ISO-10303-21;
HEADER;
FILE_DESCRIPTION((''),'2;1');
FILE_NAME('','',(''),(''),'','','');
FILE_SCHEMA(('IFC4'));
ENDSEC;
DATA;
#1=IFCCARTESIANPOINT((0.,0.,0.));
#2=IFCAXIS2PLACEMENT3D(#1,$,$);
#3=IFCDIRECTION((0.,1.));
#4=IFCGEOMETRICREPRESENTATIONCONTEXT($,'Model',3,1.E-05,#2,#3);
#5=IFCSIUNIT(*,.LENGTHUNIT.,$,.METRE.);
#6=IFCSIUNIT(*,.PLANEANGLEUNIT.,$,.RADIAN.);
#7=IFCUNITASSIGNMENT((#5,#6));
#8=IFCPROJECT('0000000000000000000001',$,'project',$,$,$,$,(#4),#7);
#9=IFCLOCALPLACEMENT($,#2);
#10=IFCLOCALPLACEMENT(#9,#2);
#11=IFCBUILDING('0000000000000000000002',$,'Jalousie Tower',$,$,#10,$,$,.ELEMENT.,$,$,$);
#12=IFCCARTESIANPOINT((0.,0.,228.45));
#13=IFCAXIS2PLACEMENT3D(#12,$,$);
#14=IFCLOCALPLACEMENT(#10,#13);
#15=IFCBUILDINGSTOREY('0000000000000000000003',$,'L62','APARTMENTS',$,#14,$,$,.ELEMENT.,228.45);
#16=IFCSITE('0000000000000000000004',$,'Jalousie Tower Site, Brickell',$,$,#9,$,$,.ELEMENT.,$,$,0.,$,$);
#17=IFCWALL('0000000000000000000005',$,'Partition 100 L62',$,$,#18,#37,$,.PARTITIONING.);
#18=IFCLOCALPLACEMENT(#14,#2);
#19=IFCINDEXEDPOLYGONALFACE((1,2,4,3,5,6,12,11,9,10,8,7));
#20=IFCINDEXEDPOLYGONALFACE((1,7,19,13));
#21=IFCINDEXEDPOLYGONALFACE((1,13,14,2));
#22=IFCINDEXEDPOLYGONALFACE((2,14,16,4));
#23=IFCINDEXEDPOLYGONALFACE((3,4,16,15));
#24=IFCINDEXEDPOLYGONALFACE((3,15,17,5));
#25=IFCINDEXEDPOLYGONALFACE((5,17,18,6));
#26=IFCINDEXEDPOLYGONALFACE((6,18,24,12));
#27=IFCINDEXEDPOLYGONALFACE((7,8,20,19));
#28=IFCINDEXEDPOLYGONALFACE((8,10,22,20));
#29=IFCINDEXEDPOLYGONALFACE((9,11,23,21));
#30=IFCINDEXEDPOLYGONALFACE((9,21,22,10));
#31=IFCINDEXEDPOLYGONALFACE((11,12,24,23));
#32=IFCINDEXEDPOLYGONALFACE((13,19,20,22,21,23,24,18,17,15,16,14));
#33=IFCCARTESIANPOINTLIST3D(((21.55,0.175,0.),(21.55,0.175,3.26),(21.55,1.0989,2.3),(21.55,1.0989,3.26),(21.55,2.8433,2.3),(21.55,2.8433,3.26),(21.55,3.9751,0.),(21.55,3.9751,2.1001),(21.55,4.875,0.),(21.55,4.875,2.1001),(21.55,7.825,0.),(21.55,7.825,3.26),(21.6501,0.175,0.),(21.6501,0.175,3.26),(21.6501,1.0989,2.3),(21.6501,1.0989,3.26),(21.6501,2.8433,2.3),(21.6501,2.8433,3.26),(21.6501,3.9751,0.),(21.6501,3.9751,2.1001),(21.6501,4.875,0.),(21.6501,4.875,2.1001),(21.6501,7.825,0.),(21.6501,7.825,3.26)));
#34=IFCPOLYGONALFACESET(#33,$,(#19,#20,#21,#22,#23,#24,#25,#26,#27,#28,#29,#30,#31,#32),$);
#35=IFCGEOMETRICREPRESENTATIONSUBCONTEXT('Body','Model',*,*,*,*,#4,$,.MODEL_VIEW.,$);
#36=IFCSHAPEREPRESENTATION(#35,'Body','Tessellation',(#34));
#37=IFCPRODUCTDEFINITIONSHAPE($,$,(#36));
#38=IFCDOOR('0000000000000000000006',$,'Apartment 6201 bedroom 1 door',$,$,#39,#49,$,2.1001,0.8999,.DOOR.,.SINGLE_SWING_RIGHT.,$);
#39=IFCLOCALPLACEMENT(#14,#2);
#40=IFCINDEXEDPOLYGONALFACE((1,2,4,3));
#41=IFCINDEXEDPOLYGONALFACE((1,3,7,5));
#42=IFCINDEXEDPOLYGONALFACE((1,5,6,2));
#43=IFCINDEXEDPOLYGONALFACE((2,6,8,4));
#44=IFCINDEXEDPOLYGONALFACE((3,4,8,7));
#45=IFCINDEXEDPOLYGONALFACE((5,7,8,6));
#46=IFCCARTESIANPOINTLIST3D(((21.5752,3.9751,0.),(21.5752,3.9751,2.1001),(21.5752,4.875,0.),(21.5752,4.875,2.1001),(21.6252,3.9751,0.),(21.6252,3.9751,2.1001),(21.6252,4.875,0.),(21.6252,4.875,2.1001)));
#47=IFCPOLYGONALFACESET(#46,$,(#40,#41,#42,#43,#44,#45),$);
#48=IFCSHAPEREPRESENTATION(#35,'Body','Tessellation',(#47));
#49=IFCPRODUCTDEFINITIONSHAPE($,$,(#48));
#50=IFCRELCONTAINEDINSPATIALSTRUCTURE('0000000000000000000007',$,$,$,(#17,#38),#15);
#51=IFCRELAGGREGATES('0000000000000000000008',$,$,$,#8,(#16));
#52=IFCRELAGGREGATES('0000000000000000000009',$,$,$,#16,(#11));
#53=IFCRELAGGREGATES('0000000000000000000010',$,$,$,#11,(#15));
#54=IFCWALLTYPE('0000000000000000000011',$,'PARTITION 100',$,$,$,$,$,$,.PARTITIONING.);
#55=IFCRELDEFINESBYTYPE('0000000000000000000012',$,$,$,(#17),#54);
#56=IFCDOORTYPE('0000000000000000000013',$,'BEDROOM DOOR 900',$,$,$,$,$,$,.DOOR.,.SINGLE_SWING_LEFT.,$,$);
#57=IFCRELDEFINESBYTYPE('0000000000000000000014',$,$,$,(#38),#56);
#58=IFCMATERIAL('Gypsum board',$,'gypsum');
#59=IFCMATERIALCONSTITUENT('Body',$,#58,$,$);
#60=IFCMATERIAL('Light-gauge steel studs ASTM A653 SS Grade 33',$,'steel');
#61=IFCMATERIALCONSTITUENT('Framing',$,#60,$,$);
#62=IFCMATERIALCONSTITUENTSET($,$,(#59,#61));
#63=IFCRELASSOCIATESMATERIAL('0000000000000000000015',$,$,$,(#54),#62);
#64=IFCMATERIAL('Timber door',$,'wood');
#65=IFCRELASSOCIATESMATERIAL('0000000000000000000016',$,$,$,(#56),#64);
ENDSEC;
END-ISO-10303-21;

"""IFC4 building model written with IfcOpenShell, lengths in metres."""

from ifc_helpers import new_model, si_unit, direction, frame, frame_2d, origin, place, context, subcontext, project, spatial, polyline, rectangle, outline, extrude, material, constituent, constituent_set, type_object, element, fill, save


model = new_model("IFC4")

# Units and contexts
model_context = context("Model", 3, precision=1e-05, world=origin(), true_north=direction((0.0, 1.0)))
body_context = subcontext(model_context, "Body", "Model", "MODEL_VIEW")
ifc_project = project(units=[si_unit("LENGTHUNIT", "METRE"), si_unit("PLANEANGLEUNIT", "RADIAN")], contexts=[model_context])

# Site, building, storey
site_placement = place(None, origin())
site = spatial("IfcSite", under=ifc_project, at=site_placement, Name="Jalousie Tower Site, Brickell", CompositionType="ELEMENT", RefElevation=0.0)
building_placement = place(site_placement, origin())
building = spatial("IfcBuilding", under=site, at=building_placement, Name="Jalousie Tower", CompositionType="ELEMENT")
storey_placement = place(building_placement, frame((0.0, 0.0, 228.45)))
storey = spatial("IfcBuildingStorey", under=building, at=storey_placement, Name="L62", Description="APARTMENTS", CompositionType="ELEMENT", Elevation=228.45)

# Wall, opening, door
ifc_material_1 = material(Name="Gypsum board", Category="gypsum")
ifc_constituent_1 = constituent(ifc_material_1, Name="Body")
ifc_material_2 = material(Name="Light-gauge steel studs ASTM A653 SS Grade 33", Category="steel")
ifc_constituent_2 = constituent(ifc_material_2, Name="Framing")
ifc_constituent_set_1 = constituent_set(constituents=[ifc_constituent_1, ifc_constituent_2])
wall_type_1 = type_object("IfcWallType", Name="PARTITION 100", PredefinedType="PARTITIONING", material=ifc_constituent_set_1)
wall_1_placement = place(storey_placement, frame((21.6001, 0.175, 0.0), z_axis=(0.0, 0.0, 1.0), x_axis=(0.0, 1.0, 0.0)))
wall_1 = element("IfcWall", 1, at=wall_1_placement, inside=storey, type_object=wall_type_1, Name="Partition 100 L62", PredefinedType="PARTITIONING", context=body_context, shape_type="SweptSolid", body=[
    extrude(outline(polyline([(0.0, 0.0), (7.6499, 0.0), (7.6499, 3.26), (2.6682, 3.26), (2.6682, 2.3), (0.9238, 2.3), (0.9238, 3.26), (0.0, 3.26), (0.0, 0.0)])), frame((0.0, 0.05, 0.0), z_axis=(0.0, -1.0, 0.0), x_axis=(1.0, 0.0, 0.0)), (0.0, 0.0, 1.0), 0.1001),
])
opening_1_placement = place(wall_1_placement, frame((3.8, 0.0, 0.0)))
opening_1 = element("IfcOpeningElement", 2, at=opening_1_placement, cuts=wall_1, PredefinedType="OPENING", context=body_context, shape_type="SweptSolid", body=[
    extrude(rectangle(XDim=0.8999, YDim=2.1001, at=frame_2d((0.45, 1.05))), frame((0.0, 0.0601, 0.0), z_axis=(0.0, -1.0, 0.0), x_axis=(1.0, 0.0, 0.0)), (0.0, 0.0, 1.0), 0.1201),
])
ifc_material_3 = material(Name="Timber door", Category="wood")
door_type_1 = type_object("IfcDoorType", Name="BEDROOM DOOR 900", OperationType="SINGLE_SWING_LEFT", PredefinedType="DOOR", material=ifc_material_3)
door_1_placement = place(opening_1_placement, origin())
door_1 = element("IfcDoor", 3, at=door_1_placement, inside=storey, type_object=door_type_1, Name="Apartment 6201 bedroom 1 door", OperationType="SINGLE_SWING_RIGHT", OverallHeight=2.1001, OverallWidth=0.8999, PredefinedType="DOOR", context=body_context, shape_type="SweptSolid", body=[
    extrude(rectangle(XDim=0.8999, YDim=2.1001, at=frame_2d((0.45, 1.05))), frame((0.0, 0.0249, 0.0), z_axis=(0.0, -1.0, 0.0), x_axis=(1.0, 0.0, 0.0)), (0.0, 0.0, 1.0), 0.05),
])
fill(opening_1, door_1)

save(model, "model.ifc")
